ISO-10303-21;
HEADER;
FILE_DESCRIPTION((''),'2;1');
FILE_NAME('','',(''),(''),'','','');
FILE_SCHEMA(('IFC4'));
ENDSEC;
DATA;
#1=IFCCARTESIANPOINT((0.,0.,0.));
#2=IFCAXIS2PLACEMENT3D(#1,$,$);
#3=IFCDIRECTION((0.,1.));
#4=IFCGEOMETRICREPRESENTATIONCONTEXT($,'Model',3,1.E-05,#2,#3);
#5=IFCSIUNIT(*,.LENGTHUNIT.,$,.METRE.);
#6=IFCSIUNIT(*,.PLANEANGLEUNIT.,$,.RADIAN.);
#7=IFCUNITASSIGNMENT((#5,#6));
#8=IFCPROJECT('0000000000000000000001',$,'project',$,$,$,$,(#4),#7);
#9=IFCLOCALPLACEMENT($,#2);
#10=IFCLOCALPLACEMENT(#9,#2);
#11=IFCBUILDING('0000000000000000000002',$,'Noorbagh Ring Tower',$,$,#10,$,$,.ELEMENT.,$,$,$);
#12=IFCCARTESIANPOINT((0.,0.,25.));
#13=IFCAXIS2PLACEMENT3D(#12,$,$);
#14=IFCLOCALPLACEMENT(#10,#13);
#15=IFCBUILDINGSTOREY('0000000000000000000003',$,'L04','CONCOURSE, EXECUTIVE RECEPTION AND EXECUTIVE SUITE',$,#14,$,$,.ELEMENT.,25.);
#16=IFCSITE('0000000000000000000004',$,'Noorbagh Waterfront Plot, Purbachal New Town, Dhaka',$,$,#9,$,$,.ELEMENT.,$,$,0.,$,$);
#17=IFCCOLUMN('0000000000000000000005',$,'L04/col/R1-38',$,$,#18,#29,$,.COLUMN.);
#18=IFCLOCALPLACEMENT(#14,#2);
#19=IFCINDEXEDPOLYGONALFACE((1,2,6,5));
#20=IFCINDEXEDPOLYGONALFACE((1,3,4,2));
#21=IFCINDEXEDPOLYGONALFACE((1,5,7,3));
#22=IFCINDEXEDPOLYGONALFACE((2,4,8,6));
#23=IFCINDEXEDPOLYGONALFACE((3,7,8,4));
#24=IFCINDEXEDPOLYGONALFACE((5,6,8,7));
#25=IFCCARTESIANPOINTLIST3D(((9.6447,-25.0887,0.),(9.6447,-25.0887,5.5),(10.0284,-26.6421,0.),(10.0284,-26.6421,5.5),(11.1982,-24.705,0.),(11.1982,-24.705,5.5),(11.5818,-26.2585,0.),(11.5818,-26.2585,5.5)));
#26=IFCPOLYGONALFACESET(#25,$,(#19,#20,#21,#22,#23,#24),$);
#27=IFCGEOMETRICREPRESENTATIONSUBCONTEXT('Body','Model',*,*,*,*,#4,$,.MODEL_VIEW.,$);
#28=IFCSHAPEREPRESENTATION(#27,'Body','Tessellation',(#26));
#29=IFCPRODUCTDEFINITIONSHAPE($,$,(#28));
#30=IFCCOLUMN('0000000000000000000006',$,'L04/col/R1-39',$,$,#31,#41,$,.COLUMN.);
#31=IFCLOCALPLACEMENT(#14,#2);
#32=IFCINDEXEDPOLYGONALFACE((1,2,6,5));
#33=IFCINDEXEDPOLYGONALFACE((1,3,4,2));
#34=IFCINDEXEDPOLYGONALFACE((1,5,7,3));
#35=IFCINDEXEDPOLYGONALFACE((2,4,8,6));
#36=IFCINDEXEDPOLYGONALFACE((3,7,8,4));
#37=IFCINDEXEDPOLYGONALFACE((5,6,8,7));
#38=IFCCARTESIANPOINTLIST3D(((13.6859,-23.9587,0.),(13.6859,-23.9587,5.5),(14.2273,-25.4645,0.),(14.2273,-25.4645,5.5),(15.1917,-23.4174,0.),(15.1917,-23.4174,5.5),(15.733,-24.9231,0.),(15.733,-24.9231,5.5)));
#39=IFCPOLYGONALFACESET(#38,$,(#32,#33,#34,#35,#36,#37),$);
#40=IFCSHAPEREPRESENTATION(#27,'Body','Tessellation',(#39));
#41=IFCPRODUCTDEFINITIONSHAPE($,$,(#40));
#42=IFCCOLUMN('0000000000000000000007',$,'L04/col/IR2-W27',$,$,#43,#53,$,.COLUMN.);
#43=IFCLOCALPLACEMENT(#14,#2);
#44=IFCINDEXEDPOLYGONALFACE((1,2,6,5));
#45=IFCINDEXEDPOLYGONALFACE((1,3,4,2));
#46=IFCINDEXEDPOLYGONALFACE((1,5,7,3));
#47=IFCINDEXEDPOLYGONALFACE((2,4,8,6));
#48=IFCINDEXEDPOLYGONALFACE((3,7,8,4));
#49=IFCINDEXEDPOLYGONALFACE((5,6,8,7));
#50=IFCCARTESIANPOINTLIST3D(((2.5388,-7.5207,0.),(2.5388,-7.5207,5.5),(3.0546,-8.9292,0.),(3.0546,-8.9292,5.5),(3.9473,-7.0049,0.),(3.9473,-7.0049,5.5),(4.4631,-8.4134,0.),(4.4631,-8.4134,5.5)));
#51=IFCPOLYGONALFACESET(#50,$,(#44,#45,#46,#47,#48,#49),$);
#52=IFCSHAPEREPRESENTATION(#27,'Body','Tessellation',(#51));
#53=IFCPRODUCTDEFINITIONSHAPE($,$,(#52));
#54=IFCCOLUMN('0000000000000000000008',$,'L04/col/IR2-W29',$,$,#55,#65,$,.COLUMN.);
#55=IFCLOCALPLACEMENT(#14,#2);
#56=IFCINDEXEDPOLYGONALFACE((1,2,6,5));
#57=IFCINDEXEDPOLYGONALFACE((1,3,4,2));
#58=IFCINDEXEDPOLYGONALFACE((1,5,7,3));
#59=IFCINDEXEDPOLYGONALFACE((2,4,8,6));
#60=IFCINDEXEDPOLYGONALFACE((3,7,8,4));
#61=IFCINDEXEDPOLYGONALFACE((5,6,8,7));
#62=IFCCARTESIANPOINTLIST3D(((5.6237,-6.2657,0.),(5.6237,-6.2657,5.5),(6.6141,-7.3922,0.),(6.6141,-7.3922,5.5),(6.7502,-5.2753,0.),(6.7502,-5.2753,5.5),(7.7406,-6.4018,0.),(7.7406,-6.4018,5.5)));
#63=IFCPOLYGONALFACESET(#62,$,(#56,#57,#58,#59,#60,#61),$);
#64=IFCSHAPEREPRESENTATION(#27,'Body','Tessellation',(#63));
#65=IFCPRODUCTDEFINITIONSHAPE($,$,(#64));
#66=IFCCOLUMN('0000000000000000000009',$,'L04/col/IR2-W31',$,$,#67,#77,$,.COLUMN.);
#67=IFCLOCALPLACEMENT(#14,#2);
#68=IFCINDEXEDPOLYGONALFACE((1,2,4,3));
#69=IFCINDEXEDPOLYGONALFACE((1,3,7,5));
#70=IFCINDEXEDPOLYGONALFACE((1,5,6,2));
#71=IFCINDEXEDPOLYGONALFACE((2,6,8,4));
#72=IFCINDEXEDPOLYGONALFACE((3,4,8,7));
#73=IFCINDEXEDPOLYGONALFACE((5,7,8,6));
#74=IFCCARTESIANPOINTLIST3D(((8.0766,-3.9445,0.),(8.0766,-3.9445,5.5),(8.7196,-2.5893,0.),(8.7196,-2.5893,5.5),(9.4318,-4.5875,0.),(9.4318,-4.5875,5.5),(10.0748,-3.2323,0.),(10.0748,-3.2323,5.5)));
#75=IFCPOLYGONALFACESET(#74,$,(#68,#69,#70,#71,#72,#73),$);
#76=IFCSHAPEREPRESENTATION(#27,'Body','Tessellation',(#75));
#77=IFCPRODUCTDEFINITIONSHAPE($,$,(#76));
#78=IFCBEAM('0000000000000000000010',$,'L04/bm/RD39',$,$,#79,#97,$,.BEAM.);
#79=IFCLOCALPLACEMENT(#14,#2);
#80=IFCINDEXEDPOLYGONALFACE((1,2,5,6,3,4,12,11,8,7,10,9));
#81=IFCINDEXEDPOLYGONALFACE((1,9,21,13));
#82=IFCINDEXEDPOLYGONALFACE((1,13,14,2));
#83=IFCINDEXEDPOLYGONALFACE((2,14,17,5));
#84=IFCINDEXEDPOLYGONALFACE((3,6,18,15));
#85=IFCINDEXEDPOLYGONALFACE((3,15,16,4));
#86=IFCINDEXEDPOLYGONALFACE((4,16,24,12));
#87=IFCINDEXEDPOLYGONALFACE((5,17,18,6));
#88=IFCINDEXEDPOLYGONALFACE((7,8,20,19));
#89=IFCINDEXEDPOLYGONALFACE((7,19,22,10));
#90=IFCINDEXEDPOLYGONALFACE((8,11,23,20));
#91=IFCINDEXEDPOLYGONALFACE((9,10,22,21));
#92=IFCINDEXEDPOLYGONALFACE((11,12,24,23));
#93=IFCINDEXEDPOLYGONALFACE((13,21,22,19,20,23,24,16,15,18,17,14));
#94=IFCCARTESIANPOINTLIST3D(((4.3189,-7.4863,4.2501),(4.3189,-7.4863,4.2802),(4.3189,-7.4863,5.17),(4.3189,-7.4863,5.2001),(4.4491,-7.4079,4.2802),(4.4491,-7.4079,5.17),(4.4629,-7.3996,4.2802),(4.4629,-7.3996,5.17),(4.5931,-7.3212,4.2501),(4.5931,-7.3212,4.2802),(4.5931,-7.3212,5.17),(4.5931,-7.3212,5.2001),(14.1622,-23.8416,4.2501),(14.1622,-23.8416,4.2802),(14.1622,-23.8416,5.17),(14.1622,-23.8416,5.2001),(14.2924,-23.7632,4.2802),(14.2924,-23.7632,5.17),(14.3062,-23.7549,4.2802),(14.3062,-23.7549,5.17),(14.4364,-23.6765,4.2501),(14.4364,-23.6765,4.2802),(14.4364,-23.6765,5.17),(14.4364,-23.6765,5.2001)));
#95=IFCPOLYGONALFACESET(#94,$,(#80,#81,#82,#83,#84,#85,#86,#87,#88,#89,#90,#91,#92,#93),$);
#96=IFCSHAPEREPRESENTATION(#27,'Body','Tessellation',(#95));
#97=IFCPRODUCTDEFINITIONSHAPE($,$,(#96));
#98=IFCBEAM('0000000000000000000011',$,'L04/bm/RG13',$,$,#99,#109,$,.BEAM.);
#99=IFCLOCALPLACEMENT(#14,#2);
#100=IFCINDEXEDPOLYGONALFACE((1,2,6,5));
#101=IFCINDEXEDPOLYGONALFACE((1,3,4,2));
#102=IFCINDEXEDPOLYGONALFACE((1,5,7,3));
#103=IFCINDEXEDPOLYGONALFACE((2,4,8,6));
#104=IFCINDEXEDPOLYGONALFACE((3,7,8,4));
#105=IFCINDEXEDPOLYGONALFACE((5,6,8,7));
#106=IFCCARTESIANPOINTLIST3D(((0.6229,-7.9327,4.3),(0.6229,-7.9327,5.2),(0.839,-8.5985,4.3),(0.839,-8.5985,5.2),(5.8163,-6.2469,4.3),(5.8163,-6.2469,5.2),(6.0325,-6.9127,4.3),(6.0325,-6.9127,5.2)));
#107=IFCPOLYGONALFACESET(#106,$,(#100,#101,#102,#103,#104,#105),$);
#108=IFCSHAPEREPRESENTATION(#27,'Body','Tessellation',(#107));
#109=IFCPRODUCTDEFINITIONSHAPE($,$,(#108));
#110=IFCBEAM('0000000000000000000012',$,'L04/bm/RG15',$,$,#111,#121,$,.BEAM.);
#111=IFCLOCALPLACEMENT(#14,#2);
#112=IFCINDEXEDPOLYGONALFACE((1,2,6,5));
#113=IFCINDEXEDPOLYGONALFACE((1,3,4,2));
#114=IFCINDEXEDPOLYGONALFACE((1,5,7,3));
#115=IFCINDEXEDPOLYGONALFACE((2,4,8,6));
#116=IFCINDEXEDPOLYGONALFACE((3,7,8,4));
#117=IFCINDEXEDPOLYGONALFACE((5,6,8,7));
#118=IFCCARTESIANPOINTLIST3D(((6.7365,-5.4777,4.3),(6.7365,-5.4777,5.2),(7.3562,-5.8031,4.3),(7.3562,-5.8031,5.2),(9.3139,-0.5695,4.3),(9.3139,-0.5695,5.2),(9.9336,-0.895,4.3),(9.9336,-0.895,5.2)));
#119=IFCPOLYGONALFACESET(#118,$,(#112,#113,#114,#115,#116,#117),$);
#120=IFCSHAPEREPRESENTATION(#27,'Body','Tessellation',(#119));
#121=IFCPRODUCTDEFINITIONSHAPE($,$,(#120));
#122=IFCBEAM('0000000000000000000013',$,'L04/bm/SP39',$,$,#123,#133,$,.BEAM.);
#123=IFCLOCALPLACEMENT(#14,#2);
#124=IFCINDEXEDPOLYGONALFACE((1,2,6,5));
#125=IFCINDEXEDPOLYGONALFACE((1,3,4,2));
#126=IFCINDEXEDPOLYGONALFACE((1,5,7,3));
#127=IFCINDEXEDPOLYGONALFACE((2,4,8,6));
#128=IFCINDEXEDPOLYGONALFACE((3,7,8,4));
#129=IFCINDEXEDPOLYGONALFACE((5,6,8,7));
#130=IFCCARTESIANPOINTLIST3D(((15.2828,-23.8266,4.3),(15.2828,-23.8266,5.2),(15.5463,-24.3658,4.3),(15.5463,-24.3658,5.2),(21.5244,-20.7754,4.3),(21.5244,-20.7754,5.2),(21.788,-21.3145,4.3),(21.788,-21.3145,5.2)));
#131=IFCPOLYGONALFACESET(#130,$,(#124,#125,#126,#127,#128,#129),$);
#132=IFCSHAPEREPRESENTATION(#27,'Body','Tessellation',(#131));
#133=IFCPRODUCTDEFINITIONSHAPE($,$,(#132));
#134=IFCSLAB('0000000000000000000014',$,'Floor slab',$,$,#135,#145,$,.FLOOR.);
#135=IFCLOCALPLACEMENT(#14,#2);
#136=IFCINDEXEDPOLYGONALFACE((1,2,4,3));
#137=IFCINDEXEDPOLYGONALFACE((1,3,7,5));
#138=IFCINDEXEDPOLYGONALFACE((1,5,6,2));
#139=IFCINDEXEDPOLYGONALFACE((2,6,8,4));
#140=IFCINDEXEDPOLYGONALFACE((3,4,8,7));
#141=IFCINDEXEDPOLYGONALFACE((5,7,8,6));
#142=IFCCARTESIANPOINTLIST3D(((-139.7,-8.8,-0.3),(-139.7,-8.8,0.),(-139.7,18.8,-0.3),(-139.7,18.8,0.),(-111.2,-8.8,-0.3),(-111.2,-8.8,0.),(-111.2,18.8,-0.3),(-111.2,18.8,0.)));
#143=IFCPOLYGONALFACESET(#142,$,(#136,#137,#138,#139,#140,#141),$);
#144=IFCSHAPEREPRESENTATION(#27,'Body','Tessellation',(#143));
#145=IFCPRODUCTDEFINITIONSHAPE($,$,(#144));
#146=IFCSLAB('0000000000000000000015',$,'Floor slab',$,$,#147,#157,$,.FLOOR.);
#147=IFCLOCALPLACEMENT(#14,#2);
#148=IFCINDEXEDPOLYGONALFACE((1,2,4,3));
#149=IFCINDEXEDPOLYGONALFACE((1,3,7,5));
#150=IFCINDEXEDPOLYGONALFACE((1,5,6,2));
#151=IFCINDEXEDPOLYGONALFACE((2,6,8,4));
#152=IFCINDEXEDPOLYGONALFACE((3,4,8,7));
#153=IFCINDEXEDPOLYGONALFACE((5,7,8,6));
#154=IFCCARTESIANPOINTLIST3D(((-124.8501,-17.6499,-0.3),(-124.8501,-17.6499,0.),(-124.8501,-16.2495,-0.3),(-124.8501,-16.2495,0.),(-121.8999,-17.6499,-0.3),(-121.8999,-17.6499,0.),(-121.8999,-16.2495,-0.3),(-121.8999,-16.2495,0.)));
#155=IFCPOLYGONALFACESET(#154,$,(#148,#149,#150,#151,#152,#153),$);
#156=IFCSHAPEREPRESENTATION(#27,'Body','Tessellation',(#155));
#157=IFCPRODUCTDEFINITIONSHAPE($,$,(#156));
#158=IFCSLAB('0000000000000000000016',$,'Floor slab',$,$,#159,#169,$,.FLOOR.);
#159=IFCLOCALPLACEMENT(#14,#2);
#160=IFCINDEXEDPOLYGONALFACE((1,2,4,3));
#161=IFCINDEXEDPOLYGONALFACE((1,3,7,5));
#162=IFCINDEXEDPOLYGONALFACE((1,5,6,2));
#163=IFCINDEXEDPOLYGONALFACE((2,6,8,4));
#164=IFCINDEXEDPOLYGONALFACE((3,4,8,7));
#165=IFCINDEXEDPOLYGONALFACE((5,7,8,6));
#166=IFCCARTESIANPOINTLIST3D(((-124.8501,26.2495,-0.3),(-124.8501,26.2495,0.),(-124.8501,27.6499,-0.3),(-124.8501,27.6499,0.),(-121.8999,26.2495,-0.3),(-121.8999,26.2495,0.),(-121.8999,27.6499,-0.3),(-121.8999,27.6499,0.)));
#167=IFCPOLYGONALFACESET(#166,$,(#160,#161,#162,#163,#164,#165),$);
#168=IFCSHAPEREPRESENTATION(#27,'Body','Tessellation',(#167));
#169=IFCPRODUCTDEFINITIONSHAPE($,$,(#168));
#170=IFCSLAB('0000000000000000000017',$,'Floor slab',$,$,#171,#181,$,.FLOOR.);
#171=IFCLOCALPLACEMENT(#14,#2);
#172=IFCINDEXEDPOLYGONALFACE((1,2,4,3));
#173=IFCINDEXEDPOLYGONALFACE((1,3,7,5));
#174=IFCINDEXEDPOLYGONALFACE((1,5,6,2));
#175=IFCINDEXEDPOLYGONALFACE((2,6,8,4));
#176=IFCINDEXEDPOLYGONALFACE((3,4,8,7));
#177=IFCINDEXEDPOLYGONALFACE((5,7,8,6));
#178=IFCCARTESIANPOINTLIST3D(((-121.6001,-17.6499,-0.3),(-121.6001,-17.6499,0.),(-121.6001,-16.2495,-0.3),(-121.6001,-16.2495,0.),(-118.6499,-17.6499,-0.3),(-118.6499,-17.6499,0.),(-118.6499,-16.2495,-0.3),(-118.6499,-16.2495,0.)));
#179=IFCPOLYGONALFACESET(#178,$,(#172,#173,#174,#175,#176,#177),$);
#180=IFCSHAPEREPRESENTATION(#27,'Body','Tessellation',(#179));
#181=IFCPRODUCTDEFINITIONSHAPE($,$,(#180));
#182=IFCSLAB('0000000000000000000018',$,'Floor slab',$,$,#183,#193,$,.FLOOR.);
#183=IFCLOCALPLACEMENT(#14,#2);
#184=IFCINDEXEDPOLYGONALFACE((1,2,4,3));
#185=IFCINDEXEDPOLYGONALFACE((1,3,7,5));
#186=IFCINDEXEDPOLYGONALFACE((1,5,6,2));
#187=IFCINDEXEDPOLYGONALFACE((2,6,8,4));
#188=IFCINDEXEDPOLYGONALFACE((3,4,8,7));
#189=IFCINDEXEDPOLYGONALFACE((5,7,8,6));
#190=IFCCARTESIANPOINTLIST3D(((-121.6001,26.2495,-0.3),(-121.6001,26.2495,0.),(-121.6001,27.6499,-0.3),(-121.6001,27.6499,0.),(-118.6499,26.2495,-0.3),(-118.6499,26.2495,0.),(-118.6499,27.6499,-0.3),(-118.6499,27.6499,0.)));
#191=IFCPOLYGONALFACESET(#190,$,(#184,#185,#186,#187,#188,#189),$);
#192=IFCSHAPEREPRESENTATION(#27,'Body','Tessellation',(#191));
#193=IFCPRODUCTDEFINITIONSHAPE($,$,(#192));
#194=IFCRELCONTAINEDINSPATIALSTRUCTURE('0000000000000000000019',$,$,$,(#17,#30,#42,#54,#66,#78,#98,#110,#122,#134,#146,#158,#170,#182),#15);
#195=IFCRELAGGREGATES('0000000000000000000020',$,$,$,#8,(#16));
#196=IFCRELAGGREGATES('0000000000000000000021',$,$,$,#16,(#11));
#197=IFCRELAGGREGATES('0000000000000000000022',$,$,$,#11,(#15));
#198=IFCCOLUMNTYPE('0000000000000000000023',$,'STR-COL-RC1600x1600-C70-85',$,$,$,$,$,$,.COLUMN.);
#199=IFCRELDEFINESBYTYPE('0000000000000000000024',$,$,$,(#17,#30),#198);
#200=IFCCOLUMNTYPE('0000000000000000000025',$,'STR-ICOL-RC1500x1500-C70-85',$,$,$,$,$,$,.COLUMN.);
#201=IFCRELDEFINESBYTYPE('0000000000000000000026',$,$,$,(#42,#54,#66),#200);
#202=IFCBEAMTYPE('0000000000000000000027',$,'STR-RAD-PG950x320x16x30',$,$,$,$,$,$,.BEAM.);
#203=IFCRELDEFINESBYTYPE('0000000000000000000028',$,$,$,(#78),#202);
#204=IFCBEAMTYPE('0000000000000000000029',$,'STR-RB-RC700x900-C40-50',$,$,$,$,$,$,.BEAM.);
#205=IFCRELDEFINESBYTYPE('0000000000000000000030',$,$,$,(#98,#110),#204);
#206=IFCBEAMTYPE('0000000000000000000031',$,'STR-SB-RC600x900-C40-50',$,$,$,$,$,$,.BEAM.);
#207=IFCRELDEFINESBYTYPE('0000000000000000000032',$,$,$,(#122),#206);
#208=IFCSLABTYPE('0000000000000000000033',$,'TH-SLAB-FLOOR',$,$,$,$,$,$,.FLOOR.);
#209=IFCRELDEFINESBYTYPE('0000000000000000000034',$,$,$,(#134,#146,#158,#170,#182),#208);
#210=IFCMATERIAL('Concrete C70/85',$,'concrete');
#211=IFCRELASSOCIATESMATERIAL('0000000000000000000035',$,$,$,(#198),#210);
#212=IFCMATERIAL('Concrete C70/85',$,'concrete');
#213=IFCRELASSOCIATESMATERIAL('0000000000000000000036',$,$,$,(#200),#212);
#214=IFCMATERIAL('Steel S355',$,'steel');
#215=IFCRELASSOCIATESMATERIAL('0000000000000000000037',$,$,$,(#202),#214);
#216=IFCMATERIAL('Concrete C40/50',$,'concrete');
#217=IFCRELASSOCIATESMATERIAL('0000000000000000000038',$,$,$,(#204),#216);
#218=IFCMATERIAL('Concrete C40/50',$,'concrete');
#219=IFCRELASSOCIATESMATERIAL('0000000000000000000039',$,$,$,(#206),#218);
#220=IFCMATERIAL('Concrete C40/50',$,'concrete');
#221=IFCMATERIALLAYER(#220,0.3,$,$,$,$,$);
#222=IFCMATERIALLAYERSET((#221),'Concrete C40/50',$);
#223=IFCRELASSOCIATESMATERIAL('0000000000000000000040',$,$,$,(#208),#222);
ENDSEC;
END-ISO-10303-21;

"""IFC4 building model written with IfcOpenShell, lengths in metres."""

from ifc_helpers import new_model, si_unit, direction, frame, origin, origin_2d, place, context, subcontext, project, spatial, polyline, rectangle, i_section, outline, extrude, material, layer, layer_set, material_profile, profile_set, type_object, element, save


model = new_model("IFC4")

# Units and contexts
model_context = context("Model", 3, precision=1e-05, world=origin(), true_north=direction((0.0, 1.0)))
body_context = subcontext(model_context, "Body", "Model", "MODEL_VIEW")
ifc_project = project(units=[si_unit("LENGTHUNIT", "METRE"), si_unit("PLANEANGLEUNIT", "RADIAN")], contexts=[model_context])

# Site, building, storey
site_placement = place(None, origin())
site = spatial("IfcSite", under=ifc_project, at=site_placement, Name="Noorbagh Waterfront Plot, Purbachal New Town, Dhaka", CompositionType="ELEMENT", RefElevation=0.0)
building_placement = place(site_placement, origin())
building = spatial("IfcBuilding", under=site, at=building_placement, Name="Noorbagh Ring Tower", CompositionType="ELEMENT")
storey_placement = place(building_placement, frame((0.0, 0.0, 25.0)))
storey = spatial("IfcBuildingStorey", under=building, at=storey_placement, Name="L04", Description="CONCOURSE, EXECUTIVE RECEPTION AND EXECUTIVE SUITE", CompositionType="ELEMENT", Elevation=25.0)

# Columns
ifc_material_1 = material(Name="Concrete C70/85", Category="concrete")
ifc_material_profile_1 = material_profile(ifc_material_1, rectangle(XDim=1.6001, YDim=1.6001, at=origin_2d()), Name="RC1600x1600")
ifc_profile_set_1 = profile_set([ifc_material_profile_1], Name="Concrete C70/85")
column_type_1 = type_object("IfcColumnType", Name="STR-COL-RC1600x1600-C70-85", PredefinedType="COLUMN", material=ifc_profile_set_1)
for number, where, z_axis, x_axis, name in (
    (1, (10.6133, -25.6736, 0.0), (0.0, 0.0, 1.0), (0.970829, 0.239771, 0.0), "L04/col/R1-38"),
    (2, (14.7095, -24.4409, 0.0), (0.0, 0.0, 1.0), (0.941025, 0.338338, 0.0), "L04/col/R1-39"),
):
    element("IfcColumn", number, at=place(storey_placement, frame(where, z_axis=z_axis, x_axis=x_axis)), inside=storey, type_object=column_type_1, Name=name, PredefinedType="COLUMN", context=body_context, shape_type="SweptSolid", body=[
        extrude(rectangle(XDim=1.6001, YDim=1.6001, at=origin_2d()), origin(), (0.0, 0.0, 1.0), 5.5),
    ])
ifc_material_2 = material(Name="Concrete C70/85", Category="concrete")
ifc_material_profile_2 = material_profile(ifc_material_2, rectangle(XDim=1.5, YDim=1.5, at=origin_2d()), Name="RC1500x1500")
ifc_profile_set_2 = profile_set([ifc_material_profile_2], Name="Concrete C70/85")
column_type_2 = type_object("IfcColumnType", Name="STR-ICOL-RC1500x1500-C70-85", PredefinedType="COLUMN", material=ifc_profile_set_2)
for number, where, z_axis, x_axis, name in (
    (3, (3.501, -7.967, 0.0), (0.0, 0.0, 1.0), (0.93902, 0.343864, 0.0), "L04/col/IR2-W27"),
    (4, (6.6821, -6.3337, 0.0), (0.0, 0.0, 1.0), (0.751022, 0.660277, 0.0), "L04/col/IR2-W29"),
    (5, (9.0757, -3.5884, 0.0), (0.0, 0.0, 1.0), (0.428667, 0.903463, 0.0), "L04/col/IR2-W31"),
):
    element("IfcColumn", number, at=place(storey_placement, frame(where, z_axis=z_axis, x_axis=x_axis)), inside=storey, type_object=column_type_2, Name=name, PredefinedType="COLUMN", context=body_context, shape_type="SweptSolid", body=[
        extrude(rectangle(XDim=1.5, YDim=1.5, at=origin_2d()), origin(), (0.0, 0.0, 1.0), 5.5),
    ])

# Beams
ifc_material_3 = material(Name="Steel S355", Category="steel")
ifc_material_profile_3 = material_profile(ifc_material_3, i_section(OverallWidth=0.3201, OverallDepth=0.95, WebThickness=0.0161, FlangeThickness=0.03, at=origin_2d()), Name="PG950x320x16x30")
ifc_profile_set_3 = profile_set([ifc_material_profile_3], Name="Steel S355")
beam_type_1 = type_object("IfcBeamType", Name="STR-RAD-PG950x320x16x30", PredefinedType="BEAM", material=ifc_profile_set_3)
beam_1_placement = place(storey_placement, frame((14.2993, -23.759, 4.7251), z_axis=(-0.515656, 0.856796, 0.0), x_axis=(-0.856796, -0.515656, 0.0)))
element("IfcBeam", 6, at=beam_1_placement, inside=storey, type_object=beam_type_1, Name="L04/bm/RD39", PredefinedType="BEAM", context=body_context, shape_type="SweptSolid", body=[
    extrude(i_section(OverallWidth=0.3201, OverallDepth=0.95, WebThickness=0.0161, FlangeThickness=0.03, at=origin_2d()), origin(), (0.0, 0.0, 1.0), 19.0889),
])
ifc_material_4 = material(Name="Concrete C40/50", Category="concrete")
ifc_material_profile_4 = material_profile(ifc_material_4, rectangle(XDim=0.7, YDim=0.8999, at=origin_2d()), Name="RC700x900")
ifc_profile_set_4 = profile_set([ifc_material_profile_4], Name="Concrete C40/50")
beam_type_2 = type_object("IfcBeamType", Name="STR-RB-RC700x900-C40-50", PredefinedType="BEAM", material=ifc_profile_set_4)
beam_2_placement = place(storey_placement, frame((0.731, -8.2656, 4.75), z_axis=(0.951144, 0.308746, 0.0), x_axis=(-0.308746, 0.951144, 0.0)))
element("IfcBeam", 7, at=beam_2_placement, inside=storey, type_object=beam_type_2, Name="L04/bm/RG13", PredefinedType="BEAM", context=body_context, shape_type="SweptSolid", body=[
    extrude(rectangle(XDim=0.7, YDim=0.8999, at=origin_2d()), origin(), (0.0, 0.0, 1.0), 5.4602),
])
beam_3_placement = place(storey_placement, frame((7.0464, -5.6404, 4.75), z_axis=(0.464917, 0.885354, 0.0), x_axis=(-0.885354, 0.464917, 0.0)))
element("IfcBeam", 8, at=beam_3_placement, inside=storey, type_object=beam_type_2, Name="L04/bm/RG15", PredefinedType="BEAM", context=body_context, shape_type="SweptSolid", body=[
    extrude(rectangle(XDim=0.7, YDim=0.8999, at=origin_2d()), origin(), (0.0, 0.0, 1.0), 5.5437),
])
ifc_material_5 = material(Name="Concrete C40/50", Category="concrete")
ifc_material_profile_5 = material_profile(ifc_material_5, rectangle(XDim=0.6001, YDim=0.8999, at=origin_2d()), Name="RC600x900")
ifc_profile_set_5 = profile_set([ifc_material_profile_5], Name="Concrete C40/50")
beam_type_3 = type_object("IfcBeamType", Name="STR-SB-RC600x900-C40-50", PredefinedType="BEAM", material=ifc_profile_set_5)
beam_4_placement = place(storey_placement, frame((15.4146, -24.0962, 4.75), z_axis=(0.898397, 0.439184, 0.0), x_axis=(-0.439184, 0.898397, 0.0)))
element("IfcBeam", 9, at=beam_4_placement, inside=storey, type_object=beam_type_3, Name="L04/bm/SP39", PredefinedType="BEAM", context=body_context, shape_type="SweptSolid", body=[
    extrude(rectangle(XDim=0.6001, YDim=0.8999, at=origin_2d()), origin(), (0.0, 0.0, 1.0), 6.9475),
])

# Slabs
ifc_material_6 = material(Name="Concrete C40/50", Category="concrete")
ifc_layer_1 = layer(ifc_material_6, 0.3)
ifc_layer_set_1 = layer_set([ifc_layer_1], Name="Concrete C40/50")
slab_type = type_object("IfcSlabType", Name="TH-SLAB-FLOOR", PredefinedType="FLOOR", material=ifc_layer_set_1)
slab_1_placement = place(storey_placement, frame((0.0, 0.0, -0.3)))
element("IfcSlab", 10, at=slab_1_placement, inside=storey, type_object=slab_type, Name="Floor slab", PredefinedType="FLOOR", context=body_context, shape_type="SweptSolid", body=[
    extrude(outline(polyline([(-111.2, 18.8), (-139.7, 18.8), (-139.7, -8.8), (-111.2, -8.8), (-111.2, 18.8)])), origin(), (0.0, 0.0, 1.0), 0.3),
])
slab_2_placement = place(storey_placement, frame((0.0, 0.0, -0.3)))
element("IfcSlab", 11, at=slab_2_placement, inside=storey, type_object=slab_type, Name="Floor slab", PredefinedType="FLOOR", context=body_context, shape_type="SweptSolid", body=[
    extrude(outline(polyline([(-121.8999, -17.6499), (-121.8999, -16.2495), (-124.8501, -16.2495), (-124.8501, -17.6499), (-121.8999, -17.6499)])), origin(), (0.0, 0.0, 1.0), 0.3),
])
slab_3_placement = place(storey_placement, frame((0.0, 0.0, -0.3)))
element("IfcSlab", 12, at=slab_3_placement, inside=storey, type_object=slab_type, Name="Floor slab", PredefinedType="FLOOR", context=body_context, shape_type="SweptSolid", body=[
    extrude(outline(polyline([(-124.8501, 26.2495), (-121.8999, 26.2495), (-121.8999, 27.6499), (-124.8501, 27.6499), (-124.8501, 26.2495)])), origin(), (0.0, 0.0, 1.0), 0.3),
])
slab_4_placement = place(storey_placement, frame((0.0, 0.0, -0.3)))
element("IfcSlab", 13, at=slab_4_placement, inside=storey, type_object=slab_type, Name="Floor slab", PredefinedType="FLOOR", context=body_context, shape_type="SweptSolid", body=[
    extrude(outline(polyline([(-118.6499, -17.6499), (-118.6499, -16.2495), (-121.6001, -16.2495), (-121.6001, -17.6499), (-118.6499, -17.6499)])), origin(), (0.0, 0.0, 1.0), 0.3),
])
slab_5_placement = place(storey_placement, frame((0.0, 0.0, -0.3)))
element("IfcSlab", 14, at=slab_5_placement, inside=storey, type_object=slab_type, Name="Floor slab", PredefinedType="FLOOR", context=body_context, shape_type="SweptSolid", body=[
    extrude(outline(polyline([(-118.6499, 27.6499), (-121.6001, 27.6499), (-121.6001, 26.2495), (-118.6499, 26.2495), (-118.6499, 27.6499)])), origin(), (0.0, 0.0, 1.0), 0.3),
])

save(model, "model.ifc")
